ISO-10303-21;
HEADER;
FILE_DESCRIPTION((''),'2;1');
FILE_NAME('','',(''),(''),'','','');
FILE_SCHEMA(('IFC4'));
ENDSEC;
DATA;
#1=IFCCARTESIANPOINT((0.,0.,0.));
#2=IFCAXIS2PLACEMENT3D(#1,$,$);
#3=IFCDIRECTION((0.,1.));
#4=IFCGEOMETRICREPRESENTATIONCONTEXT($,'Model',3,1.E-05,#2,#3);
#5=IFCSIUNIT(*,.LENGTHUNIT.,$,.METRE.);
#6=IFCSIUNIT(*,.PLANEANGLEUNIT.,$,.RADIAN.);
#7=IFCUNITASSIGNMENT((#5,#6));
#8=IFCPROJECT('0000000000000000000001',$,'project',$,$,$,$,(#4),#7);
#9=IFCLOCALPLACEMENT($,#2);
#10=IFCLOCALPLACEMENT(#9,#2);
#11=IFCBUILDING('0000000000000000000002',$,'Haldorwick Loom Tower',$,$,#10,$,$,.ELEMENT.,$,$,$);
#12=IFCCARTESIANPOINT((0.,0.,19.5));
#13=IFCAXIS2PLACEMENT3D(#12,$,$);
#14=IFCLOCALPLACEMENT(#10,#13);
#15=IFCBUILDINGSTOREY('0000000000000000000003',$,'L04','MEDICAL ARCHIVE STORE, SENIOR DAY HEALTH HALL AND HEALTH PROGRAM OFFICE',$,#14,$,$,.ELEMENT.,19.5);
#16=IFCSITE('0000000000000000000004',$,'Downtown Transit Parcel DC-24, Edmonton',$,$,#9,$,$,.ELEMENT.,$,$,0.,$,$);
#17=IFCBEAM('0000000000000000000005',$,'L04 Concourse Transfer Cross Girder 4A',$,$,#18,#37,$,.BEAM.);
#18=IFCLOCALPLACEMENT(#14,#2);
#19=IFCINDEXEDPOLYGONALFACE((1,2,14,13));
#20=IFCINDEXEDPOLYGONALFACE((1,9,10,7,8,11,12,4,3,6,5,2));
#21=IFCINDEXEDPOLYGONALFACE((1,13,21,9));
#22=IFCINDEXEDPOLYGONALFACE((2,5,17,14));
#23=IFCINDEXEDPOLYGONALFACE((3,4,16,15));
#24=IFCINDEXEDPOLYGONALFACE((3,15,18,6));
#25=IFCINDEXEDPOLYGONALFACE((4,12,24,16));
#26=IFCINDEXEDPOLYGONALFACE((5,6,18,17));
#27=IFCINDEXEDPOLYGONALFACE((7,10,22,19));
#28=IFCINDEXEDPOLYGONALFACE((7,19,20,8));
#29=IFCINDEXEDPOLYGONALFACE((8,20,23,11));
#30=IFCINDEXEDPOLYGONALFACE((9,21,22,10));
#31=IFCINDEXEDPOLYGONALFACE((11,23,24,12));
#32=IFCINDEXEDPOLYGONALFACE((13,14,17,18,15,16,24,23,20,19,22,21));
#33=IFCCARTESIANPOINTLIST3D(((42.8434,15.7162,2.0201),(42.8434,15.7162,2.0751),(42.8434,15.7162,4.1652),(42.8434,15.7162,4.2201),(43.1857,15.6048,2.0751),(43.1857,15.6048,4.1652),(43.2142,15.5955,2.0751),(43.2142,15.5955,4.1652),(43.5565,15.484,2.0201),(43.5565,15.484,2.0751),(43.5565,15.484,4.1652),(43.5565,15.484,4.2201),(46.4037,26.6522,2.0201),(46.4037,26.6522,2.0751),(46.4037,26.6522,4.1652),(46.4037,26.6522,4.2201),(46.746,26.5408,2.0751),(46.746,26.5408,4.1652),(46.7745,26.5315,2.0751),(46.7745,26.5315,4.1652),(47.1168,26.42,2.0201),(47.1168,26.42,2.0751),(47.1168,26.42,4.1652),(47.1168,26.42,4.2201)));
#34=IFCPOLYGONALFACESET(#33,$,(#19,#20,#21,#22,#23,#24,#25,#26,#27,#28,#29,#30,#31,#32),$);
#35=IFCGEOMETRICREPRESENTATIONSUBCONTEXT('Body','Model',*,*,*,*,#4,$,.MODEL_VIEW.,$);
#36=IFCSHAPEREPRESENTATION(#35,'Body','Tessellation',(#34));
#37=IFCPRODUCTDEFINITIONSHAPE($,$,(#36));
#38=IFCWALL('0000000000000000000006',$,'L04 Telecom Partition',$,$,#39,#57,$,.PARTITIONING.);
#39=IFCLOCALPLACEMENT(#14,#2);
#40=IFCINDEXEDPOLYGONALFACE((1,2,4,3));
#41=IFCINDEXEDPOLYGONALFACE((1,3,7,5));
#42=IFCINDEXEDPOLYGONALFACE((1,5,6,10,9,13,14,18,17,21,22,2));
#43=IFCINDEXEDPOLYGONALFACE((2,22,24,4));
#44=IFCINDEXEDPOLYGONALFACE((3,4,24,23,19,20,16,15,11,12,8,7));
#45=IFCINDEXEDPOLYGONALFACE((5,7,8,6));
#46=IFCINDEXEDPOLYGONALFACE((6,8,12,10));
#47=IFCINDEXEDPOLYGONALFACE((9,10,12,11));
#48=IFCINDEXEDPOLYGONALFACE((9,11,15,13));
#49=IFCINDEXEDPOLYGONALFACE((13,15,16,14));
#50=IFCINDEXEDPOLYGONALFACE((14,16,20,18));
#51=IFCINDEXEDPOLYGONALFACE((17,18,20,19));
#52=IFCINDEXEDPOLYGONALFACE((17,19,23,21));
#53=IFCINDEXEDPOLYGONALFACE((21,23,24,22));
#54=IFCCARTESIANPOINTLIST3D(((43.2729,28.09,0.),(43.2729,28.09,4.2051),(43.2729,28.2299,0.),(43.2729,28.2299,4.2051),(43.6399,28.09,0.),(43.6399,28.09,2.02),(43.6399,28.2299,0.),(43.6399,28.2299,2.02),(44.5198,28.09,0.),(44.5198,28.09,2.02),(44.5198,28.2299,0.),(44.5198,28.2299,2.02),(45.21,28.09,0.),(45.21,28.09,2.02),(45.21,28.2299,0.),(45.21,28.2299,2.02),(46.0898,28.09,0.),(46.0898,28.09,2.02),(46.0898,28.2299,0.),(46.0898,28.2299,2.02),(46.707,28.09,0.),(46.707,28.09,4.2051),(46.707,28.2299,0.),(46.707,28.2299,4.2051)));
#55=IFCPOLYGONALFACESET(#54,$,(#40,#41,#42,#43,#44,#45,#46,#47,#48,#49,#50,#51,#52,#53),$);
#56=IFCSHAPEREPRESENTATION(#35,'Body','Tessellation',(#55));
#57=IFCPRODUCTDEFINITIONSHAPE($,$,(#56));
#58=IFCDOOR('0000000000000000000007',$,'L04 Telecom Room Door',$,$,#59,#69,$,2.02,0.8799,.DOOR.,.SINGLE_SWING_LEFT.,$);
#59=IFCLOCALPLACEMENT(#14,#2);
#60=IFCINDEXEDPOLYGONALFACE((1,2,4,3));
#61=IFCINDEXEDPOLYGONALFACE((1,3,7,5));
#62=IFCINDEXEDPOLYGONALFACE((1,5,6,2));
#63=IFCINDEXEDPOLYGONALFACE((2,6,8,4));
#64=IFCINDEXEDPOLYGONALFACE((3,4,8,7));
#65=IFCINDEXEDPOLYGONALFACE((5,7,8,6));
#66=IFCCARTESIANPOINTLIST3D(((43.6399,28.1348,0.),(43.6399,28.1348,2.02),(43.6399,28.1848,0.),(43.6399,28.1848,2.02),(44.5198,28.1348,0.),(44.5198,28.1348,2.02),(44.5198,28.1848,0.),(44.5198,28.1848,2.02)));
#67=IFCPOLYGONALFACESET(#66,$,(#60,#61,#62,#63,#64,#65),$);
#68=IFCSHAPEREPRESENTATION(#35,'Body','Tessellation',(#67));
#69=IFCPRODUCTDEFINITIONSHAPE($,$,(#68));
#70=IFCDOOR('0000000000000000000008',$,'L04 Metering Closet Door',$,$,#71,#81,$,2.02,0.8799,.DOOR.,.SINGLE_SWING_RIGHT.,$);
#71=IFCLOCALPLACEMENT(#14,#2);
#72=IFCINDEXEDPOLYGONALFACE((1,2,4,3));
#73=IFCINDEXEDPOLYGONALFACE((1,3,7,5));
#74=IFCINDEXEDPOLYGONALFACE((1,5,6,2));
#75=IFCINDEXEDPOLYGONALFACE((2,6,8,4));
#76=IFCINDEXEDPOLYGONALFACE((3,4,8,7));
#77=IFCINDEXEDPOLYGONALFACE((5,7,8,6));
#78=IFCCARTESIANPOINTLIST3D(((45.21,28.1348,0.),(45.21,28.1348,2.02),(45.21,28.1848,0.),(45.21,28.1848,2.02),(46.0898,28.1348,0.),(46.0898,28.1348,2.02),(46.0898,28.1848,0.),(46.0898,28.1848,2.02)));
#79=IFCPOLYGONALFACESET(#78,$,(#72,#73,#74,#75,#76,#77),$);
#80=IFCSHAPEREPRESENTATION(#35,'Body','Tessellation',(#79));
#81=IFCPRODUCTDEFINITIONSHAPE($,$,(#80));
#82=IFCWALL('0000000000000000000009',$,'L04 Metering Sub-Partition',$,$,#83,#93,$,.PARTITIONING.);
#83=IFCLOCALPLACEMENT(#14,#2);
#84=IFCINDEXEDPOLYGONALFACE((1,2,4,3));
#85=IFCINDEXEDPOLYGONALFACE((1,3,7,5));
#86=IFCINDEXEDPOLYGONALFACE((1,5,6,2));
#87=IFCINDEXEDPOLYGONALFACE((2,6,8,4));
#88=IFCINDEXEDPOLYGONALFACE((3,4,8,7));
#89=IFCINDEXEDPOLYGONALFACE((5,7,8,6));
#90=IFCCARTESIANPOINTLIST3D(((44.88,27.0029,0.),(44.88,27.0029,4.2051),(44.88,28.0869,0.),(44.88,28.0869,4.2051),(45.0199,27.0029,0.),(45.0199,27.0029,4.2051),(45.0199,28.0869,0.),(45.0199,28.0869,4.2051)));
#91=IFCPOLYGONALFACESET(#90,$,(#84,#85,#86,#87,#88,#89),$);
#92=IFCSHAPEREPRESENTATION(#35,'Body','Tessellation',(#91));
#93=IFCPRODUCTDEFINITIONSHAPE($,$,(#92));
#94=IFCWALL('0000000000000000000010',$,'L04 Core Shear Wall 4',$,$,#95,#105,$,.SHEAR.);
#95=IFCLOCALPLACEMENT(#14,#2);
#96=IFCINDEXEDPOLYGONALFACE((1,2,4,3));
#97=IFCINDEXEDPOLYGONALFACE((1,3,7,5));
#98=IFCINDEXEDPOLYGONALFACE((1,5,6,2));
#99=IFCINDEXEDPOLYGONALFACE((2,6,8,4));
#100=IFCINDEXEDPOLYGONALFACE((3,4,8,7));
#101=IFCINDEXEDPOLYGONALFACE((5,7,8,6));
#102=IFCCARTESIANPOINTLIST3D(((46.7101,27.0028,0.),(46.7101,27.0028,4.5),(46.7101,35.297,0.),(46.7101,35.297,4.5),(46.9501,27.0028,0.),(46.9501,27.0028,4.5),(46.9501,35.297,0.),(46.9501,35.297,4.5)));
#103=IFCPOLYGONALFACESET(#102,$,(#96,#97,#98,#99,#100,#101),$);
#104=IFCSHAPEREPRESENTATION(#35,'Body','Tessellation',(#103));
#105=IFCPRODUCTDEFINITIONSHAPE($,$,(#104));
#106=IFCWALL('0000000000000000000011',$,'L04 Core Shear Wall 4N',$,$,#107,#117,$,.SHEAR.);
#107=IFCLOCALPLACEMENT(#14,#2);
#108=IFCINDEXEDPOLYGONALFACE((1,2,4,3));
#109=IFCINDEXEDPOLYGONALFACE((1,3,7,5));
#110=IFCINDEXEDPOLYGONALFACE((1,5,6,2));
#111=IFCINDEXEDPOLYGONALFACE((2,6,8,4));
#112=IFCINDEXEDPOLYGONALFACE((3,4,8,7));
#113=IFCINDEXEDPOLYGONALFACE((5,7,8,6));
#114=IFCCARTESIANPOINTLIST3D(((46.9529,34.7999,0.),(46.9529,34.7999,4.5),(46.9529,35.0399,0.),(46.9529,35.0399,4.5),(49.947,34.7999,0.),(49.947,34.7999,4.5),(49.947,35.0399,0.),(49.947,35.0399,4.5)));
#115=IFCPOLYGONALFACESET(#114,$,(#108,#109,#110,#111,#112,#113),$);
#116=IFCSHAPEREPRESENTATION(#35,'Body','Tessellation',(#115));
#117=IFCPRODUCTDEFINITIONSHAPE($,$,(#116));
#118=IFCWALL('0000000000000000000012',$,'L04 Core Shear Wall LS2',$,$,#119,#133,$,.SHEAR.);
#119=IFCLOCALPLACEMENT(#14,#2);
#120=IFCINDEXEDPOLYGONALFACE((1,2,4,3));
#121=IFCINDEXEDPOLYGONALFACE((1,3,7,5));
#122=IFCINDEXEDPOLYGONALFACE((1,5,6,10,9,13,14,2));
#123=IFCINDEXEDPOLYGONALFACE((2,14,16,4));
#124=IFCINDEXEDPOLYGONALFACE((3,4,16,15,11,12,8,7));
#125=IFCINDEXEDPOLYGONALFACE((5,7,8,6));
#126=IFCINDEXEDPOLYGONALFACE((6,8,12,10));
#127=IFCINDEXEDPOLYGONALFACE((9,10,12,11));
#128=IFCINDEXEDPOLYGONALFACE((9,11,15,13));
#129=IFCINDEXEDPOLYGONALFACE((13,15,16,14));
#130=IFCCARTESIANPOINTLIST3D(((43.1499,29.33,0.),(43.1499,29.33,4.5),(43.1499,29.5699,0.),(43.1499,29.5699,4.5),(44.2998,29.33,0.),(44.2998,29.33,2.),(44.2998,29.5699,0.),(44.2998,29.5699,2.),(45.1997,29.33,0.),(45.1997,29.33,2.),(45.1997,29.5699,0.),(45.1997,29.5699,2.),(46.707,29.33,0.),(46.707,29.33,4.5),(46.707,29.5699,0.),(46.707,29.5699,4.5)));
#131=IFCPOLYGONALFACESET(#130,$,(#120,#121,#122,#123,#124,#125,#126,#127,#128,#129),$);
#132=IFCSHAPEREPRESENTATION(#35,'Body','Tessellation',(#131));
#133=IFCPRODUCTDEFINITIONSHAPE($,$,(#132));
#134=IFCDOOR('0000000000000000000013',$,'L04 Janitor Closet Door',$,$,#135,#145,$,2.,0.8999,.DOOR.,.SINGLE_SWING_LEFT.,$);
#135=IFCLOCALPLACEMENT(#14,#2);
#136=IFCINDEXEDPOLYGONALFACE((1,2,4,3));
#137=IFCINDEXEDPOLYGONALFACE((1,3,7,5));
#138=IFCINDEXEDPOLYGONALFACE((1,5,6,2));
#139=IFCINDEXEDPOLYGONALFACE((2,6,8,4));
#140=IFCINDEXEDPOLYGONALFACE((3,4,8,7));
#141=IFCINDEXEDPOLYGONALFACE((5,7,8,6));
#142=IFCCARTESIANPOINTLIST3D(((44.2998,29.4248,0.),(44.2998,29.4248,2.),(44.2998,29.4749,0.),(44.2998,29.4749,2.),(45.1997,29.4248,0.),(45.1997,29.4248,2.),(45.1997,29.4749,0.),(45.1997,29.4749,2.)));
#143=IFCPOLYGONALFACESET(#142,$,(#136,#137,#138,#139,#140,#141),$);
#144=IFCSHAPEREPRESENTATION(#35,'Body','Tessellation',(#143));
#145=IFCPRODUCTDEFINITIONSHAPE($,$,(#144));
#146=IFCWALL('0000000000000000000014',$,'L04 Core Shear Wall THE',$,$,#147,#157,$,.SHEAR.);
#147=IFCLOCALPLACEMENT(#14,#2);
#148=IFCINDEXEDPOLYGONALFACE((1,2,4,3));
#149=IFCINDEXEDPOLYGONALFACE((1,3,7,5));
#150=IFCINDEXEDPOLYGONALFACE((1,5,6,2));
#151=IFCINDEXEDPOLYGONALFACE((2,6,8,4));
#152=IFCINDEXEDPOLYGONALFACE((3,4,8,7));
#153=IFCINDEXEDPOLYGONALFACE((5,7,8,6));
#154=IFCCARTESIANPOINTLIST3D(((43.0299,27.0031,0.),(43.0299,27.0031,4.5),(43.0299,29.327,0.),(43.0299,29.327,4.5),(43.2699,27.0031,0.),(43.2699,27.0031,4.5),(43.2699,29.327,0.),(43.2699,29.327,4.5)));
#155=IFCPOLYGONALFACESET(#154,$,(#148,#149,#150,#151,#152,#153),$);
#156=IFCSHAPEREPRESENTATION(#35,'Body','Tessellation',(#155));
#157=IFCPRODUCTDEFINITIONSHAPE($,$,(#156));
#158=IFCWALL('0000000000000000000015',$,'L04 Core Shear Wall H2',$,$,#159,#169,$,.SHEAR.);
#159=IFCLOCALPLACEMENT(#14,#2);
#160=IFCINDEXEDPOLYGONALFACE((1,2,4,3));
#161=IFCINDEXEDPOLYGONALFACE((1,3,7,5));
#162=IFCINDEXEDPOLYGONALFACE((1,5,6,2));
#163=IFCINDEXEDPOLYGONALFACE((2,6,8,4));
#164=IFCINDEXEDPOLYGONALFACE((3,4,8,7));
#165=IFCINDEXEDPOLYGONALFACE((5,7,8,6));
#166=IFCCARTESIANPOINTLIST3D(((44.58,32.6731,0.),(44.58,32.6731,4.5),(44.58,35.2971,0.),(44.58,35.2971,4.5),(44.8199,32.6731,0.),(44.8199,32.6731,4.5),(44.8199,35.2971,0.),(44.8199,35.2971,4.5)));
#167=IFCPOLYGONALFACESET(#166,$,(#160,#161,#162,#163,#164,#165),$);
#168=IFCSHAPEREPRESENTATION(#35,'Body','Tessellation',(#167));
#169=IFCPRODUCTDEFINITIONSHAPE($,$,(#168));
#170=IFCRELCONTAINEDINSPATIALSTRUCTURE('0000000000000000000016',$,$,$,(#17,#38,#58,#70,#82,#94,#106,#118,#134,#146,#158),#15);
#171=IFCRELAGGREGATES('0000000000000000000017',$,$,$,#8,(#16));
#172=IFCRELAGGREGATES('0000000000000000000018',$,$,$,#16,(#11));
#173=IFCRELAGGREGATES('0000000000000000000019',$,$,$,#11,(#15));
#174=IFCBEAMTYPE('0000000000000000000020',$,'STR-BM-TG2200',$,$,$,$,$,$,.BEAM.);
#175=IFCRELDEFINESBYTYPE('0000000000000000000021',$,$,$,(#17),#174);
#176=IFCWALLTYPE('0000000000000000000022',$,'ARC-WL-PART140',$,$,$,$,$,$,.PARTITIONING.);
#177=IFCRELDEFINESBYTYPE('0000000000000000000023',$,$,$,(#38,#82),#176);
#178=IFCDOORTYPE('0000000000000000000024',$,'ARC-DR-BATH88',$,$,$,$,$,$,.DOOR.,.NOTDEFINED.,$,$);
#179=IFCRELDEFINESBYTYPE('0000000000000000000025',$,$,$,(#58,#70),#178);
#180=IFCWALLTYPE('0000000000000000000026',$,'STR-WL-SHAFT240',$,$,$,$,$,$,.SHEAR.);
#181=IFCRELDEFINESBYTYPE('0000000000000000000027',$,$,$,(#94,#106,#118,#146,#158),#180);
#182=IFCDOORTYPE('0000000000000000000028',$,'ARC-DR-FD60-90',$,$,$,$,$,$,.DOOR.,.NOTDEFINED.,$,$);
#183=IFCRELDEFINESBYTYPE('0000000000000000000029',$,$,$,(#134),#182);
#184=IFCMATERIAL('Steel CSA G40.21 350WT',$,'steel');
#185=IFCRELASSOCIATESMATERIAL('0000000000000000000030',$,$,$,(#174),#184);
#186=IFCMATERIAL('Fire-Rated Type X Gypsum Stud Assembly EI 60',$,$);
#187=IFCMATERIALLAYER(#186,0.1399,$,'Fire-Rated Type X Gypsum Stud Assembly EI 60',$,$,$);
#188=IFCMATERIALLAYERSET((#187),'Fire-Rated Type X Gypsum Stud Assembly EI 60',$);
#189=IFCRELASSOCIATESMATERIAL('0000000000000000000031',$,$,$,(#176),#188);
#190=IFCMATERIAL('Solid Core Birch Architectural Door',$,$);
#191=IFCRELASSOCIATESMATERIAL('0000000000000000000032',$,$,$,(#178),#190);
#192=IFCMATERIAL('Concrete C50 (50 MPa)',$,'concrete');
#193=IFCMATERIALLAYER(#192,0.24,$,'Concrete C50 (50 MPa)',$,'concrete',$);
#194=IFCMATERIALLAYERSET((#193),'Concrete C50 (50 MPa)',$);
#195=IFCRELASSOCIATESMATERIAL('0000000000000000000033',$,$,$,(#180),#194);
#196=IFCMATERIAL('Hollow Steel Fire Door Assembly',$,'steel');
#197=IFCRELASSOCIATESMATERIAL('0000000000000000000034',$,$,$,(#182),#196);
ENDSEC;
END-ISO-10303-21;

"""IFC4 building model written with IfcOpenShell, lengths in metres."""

from ifc_helpers import new_model, si_unit, direction, frame, frame_2d, origin, origin_2d, place, context, subcontext, project, spatial, rectangle, i_section, extrude, material, layer, layer_set, material_profile, profile_set, type_object, element, fill, save


model = new_model("IFC4")

# Units and contexts
model_context = context("Model", 3, precision=1e-05, world=origin(), true_north=direction((0.0, 1.0)))
body_context = subcontext(model_context, "Body", "Model", "MODEL_VIEW")
ifc_project = project(units=[si_unit("LENGTHUNIT", "METRE"), si_unit("PLANEANGLEUNIT", "RADIAN")], contexts=[model_context])

# Site, building, storey
site_placement = place(None, origin())
site = spatial("IfcSite", under=ifc_project, at=site_placement, Name="Downtown Transit Parcel DC-24, Edmonton", CompositionType="ELEMENT", RefElevation=0.0)
building_placement = place(site_placement, origin())
building = spatial("IfcBuilding", under=site, at=building_placement, Name="Haldorwick Loom Tower", CompositionType="ELEMENT")
storey_placement = place(building_placement, frame((0.0, 0.0, 19.5)))
storey = spatial("IfcBuildingStorey", under=building, at=storey_placement, Name="L04", Description="MEDICAL ARCHIVE STORE, SENIOR DAY HEALTH HALL AND HEALTH PROGRAM OFFICE", CompositionType="ELEMENT", Elevation=19.5)

# Shared definitions
ifc_material_1 = material(Name="Steel CSA G40.21 350WT", Category="steel")

# Beam
ifc_material_profile_1 = material_profile(ifc_material_1, i_section(OverallWidth=0.75, OverallDepth=2.2, WebThickness=0.03, FlangeThickness=0.0549, at=origin_2d()), Name="WWF2200X750", Category="steel")
ifc_profile_set_1 = profile_set([ifc_material_profile_1], Name="Steel CSA G40.21 350WT")
beam_type_1 = type_object("IfcBeamType", Name="STR-BM-TG2200", PredefinedType="BEAM", material=ifc_profile_set_1)
beam_placement = place(storey_placement, frame((46.7603, 26.5361, 3.1201), z_axis=(-0.309565, -0.950878, 0.0), x_axis=(0.950878, -0.309565, 0.0)))
element("IfcBeam", 1, at=beam_placement, inside=storey, type_object=beam_type_1, Name="L04 Concourse Transfer Cross Girder 4A", PredefinedType="BEAM", context=body_context, shape_type="SweptSolid", body=[
    extrude(i_section(OverallWidth=0.75, OverallDepth=2.2, WebThickness=0.03, FlangeThickness=0.0549, at=origin_2d()), origin(), (0.0, 0.0, 1.0), 11.501),
])

# Wall, openings, doors
ifc_material_2 = material(Name="Fire-Rated Type X Gypsum Stud Assembly EI 60")
ifc_layer_1 = layer(ifc_material_2, 0.1399, Name="Fire-Rated Type X Gypsum Stud Assembly EI 60")
ifc_layer_set_1 = layer_set([ifc_layer_1], Name="Fire-Rated Type X Gypsum Stud Assembly EI 60")
wall_type_1 = type_object("IfcWallType", Name="ARC-WL-PART140", PredefinedType="PARTITIONING", material=ifc_layer_set_1)
wall_1_placement = place(storey_placement, frame((43.2729, 28.1599, 0.0), z_axis=(0.0, 0.0, 1.0), x_axis=(1.0, 0.0, 0.0)))
wall_1 = element("IfcWall", 2, at=wall_1_placement, inside=storey, type_object=wall_type_1, Name="L04 Telecom Partition", PredefinedType="PARTITIONING", context=body_context, shape_type="SweptSolid", body=[
    extrude(rectangle(XDim=3.4341, YDim=0.1399, at=frame_2d((1.717, 0.0))), origin(), (0.0, 0.0, 1.0), 4.2051),
])
opening_1_placement = place(wall_1_placement, frame((0.3669, 0.0, 0.0)))
opening_1 = element("IfcOpeningElement", 3, at=opening_1_placement, cuts=wall_1, PredefinedType="OPENING", context=body_context, shape_type="SweptSolid", body=[
    extrude(rectangle(XDim=0.8799, YDim=2.02, at=frame_2d((0.4399, 1.01))), frame((0.0, 0.0798, 0.0), z_axis=(0.0, -1.0, 0.0), x_axis=(1.0, 0.0, 0.0)), (0.0, 0.0, 1.0), 0.1599),
])
opening_2_placement = place(wall_1_placement, frame((1.937, 0.0, 0.0)))
opening_2 = element("IfcOpeningElement", 4, at=opening_2_placement, cuts=wall_1, PredefinedType="OPENING", context=body_context, shape_type="SweptSolid", body=[
    extrude(rectangle(XDim=0.8799, YDim=2.02, at=frame_2d((0.4399, 1.01))), frame((0.0, 0.0798, 0.0), z_axis=(0.0, -1.0, 0.0), x_axis=(1.0, 0.0, 0.0)), (0.0, 0.0, 1.0), 0.1599),
])
ifc_material_3 = material(Name="Solid Core Birch Architectural Door")
door_type_1 = type_object("IfcDoorType", Name="ARC-DR-BATH88", OperationType="NOTDEFINED", PredefinedType="DOOR", material=ifc_material_3)
door_1_placement = place(opening_1_placement, origin())
door_1 = element("IfcDoor", 5, at=door_1_placement, inside=storey, type_object=door_type_1, Name="L04 Telecom Room Door", OperationType="SINGLE_SWING_LEFT", OverallHeight=2.02, OverallWidth=0.8799, PredefinedType="DOOR", context=body_context, shape_type="SweptSolid", body=[
    extrude(rectangle(XDim=0.8799, YDim=2.02, at=frame_2d((0.4399, 1.01))), frame((0.0, 0.0249, 0.0), z_axis=(0.0, -1.0, 0.0), x_axis=(1.0, 0.0, 0.0)), (0.0, 0.0, 1.0), 0.05),
])
fill(opening_1, door_1)
door_2_placement = place(opening_2_placement, origin())
door_2 = element("IfcDoor", 6, at=door_2_placement, inside=storey, type_object=door_type_1, Name="L04 Metering Closet Door", OperationType="SINGLE_SWING_RIGHT", OverallHeight=2.02, OverallWidth=0.8799, PredefinedType="DOOR", context=body_context, shape_type="SweptSolid", body=[
    extrude(rectangle(XDim=0.8799, YDim=2.02, at=frame_2d((0.4399, 1.01))), frame((0.0, 0.0249, 0.0), z_axis=(0.0, -1.0, 0.0), x_axis=(1.0, 0.0, 0.0)), (0.0, 0.0, 1.0), 0.05),
])
fill(opening_2, door_2)

# Walls
wall_2_placement = place(storey_placement, frame((44.95, 27.0029, 0.0), z_axis=(0.0, 0.0, 1.0), x_axis=(0.0, 1.0, 0.0)))
element("IfcWall", 7, at=wall_2_placement, inside=storey, type_object=wall_type_1, Name="L04 Metering Sub-Partition", PredefinedType="PARTITIONING", context=body_context, shape_type="SweptSolid", body=[
    extrude(rectangle(XDim=1.084, YDim=0.1399, at=frame_2d((0.542, 0.0))), origin(), (0.0, 0.0, 1.0), 4.2051),
])
ifc_material_4 = material(Name="Concrete C50 (50 MPa)", Category="concrete")
ifc_layer_2 = layer(ifc_material_4, 0.24, Name="Concrete C50 (50 MPa)", Category="concrete")
ifc_layer_set_2 = layer_set([ifc_layer_2], Name="Concrete C50 (50 MPa)")
wall_type_2 = type_object("IfcWallType", Name="STR-WL-SHAFT240", PredefinedType="SHEAR", material=ifc_layer_set_2)
wall_3_placement = place(storey_placement, frame((46.8301, 27.0029, 0.0), z_axis=(0.0, 0.0, 1.0), x_axis=(0.0, 1.0, 0.0)))
element("IfcWall", 8, at=wall_3_placement, inside=storey, type_object=wall_type_2, Name="L04 Core Shear Wall 4", PredefinedType="SHEAR", context=body_context, shape_type="SweptSolid", body=[
    extrude(rectangle(XDim=8.2942, YDim=0.24, at=frame_2d((4.147, 0.0))), origin(), (0.0, 0.0, 1.0), 4.5),
])
wall_4_placement = place(storey_placement, frame((46.9529, 34.9199, 0.0), z_axis=(0.0, 0.0, 1.0), x_axis=(1.0, 0.0, 0.0)))
element("IfcWall", 9, at=wall_4_placement, inside=storey, type_object=wall_type_2, Name="L04 Core Shear Wall 4N", PredefinedType="SHEAR", context=body_context, shape_type="SweptSolid", body=[
    extrude(rectangle(XDim=2.9941, YDim=0.24, at=frame_2d((1.4971, 0.0))), origin(), (0.0, 0.0, 1.0), 4.5),
])

# Wall, opening, door
wall_5_placement = place(storey_placement, frame((43.1499, 29.45, 0.0), z_axis=(0.0, 0.0, 1.0), x_axis=(1.0, 0.0, 0.0)))
wall_5 = element("IfcWall", 10, at=wall_5_placement, inside=storey, type_object=wall_type_2, Name="L04 Core Shear Wall LS2", PredefinedType="SHEAR", context=body_context, shape_type="SweptSolid", body=[
    extrude(rectangle(XDim=3.5571, YDim=0.24, at=frame_2d((1.7786, 0.0))), origin(), (0.0, 0.0, 1.0), 4.5),
])
opening_3_placement = place(wall_5_placement, frame((1.1499, 0.0, 0.0)))
opening_3 = element("IfcOpeningElement", 11, at=opening_3_placement, cuts=wall_5, PredefinedType="OPENING", context=body_context, shape_type="SweptSolid", body=[
    extrude(rectangle(XDim=0.8999, YDim=2.0, at=frame_2d((0.45, 1.0))), frame((0.0, 0.1299, 0.0), z_axis=(0.0, -1.0, 0.0), x_axis=(1.0, 0.0, 0.0)), (0.0, 0.0, 1.0), 0.26),
])
ifc_material_5 = material(Name="Hollow Steel Fire Door Assembly", Category="steel")
door_type_2 = type_object("IfcDoorType", Name="ARC-DR-FD60-90", OperationType="NOTDEFINED", PredefinedType="DOOR", material=ifc_material_5)
door_3_placement = place(opening_3_placement, origin())
door_3 = element("IfcDoor", 12, at=door_3_placement, inside=storey, type_object=door_type_2, Name="L04 Janitor Closet Door", OperationType="SINGLE_SWING_LEFT", OverallHeight=2.0, OverallWidth=0.8999, PredefinedType="DOOR", context=body_context, shape_type="SweptSolid", body=[
    extrude(rectangle(XDim=0.8999, YDim=2.0, at=frame_2d((0.45, 1.0))), frame((0.0, 0.0249, 0.0), z_axis=(0.0, -1.0, 0.0), x_axis=(1.0, 0.0, 0.0)), (0.0, 0.0, 1.0), 0.05),
])
fill(opening_3, door_3)

# Walls
wall_6_placement = place(storey_placement, frame((43.1499, 27.0029, 0.0), z_axis=(0.0, 0.0, 1.0), x_axis=(0.0, 1.0, 0.0)))
element("IfcWall", 13, at=wall_6_placement, inside=storey, type_object=wall_type_2, Name="L04 Core Shear Wall THE", PredefinedType="SHEAR", context=body_context, shape_type="SweptSolid", body=[
    extrude(rectangle(XDim=2.324, YDim=0.24, at=frame_2d((1.1621, 0.0))), origin(), (0.0, 0.0, 1.0), 4.5),
])
wall_7_placement = place(storey_placement, frame((44.7, 32.6731, 0.0), z_axis=(0.0, 0.0, 1.0), x_axis=(0.0, 1.0, 0.0)))
element("IfcWall", 14, at=wall_7_placement, inside=storey, type_object=wall_type_2, Name="L04 Core Shear Wall H2", PredefinedType="SHEAR", context=body_context, shape_type="SweptSolid", body=[
    extrude(rectangle(XDim=2.624, YDim=0.24, at=frame_2d((1.312, 0.0))), origin(), (0.0, 0.0, 1.0), 4.5),
])

save(model, "model.ifc")
